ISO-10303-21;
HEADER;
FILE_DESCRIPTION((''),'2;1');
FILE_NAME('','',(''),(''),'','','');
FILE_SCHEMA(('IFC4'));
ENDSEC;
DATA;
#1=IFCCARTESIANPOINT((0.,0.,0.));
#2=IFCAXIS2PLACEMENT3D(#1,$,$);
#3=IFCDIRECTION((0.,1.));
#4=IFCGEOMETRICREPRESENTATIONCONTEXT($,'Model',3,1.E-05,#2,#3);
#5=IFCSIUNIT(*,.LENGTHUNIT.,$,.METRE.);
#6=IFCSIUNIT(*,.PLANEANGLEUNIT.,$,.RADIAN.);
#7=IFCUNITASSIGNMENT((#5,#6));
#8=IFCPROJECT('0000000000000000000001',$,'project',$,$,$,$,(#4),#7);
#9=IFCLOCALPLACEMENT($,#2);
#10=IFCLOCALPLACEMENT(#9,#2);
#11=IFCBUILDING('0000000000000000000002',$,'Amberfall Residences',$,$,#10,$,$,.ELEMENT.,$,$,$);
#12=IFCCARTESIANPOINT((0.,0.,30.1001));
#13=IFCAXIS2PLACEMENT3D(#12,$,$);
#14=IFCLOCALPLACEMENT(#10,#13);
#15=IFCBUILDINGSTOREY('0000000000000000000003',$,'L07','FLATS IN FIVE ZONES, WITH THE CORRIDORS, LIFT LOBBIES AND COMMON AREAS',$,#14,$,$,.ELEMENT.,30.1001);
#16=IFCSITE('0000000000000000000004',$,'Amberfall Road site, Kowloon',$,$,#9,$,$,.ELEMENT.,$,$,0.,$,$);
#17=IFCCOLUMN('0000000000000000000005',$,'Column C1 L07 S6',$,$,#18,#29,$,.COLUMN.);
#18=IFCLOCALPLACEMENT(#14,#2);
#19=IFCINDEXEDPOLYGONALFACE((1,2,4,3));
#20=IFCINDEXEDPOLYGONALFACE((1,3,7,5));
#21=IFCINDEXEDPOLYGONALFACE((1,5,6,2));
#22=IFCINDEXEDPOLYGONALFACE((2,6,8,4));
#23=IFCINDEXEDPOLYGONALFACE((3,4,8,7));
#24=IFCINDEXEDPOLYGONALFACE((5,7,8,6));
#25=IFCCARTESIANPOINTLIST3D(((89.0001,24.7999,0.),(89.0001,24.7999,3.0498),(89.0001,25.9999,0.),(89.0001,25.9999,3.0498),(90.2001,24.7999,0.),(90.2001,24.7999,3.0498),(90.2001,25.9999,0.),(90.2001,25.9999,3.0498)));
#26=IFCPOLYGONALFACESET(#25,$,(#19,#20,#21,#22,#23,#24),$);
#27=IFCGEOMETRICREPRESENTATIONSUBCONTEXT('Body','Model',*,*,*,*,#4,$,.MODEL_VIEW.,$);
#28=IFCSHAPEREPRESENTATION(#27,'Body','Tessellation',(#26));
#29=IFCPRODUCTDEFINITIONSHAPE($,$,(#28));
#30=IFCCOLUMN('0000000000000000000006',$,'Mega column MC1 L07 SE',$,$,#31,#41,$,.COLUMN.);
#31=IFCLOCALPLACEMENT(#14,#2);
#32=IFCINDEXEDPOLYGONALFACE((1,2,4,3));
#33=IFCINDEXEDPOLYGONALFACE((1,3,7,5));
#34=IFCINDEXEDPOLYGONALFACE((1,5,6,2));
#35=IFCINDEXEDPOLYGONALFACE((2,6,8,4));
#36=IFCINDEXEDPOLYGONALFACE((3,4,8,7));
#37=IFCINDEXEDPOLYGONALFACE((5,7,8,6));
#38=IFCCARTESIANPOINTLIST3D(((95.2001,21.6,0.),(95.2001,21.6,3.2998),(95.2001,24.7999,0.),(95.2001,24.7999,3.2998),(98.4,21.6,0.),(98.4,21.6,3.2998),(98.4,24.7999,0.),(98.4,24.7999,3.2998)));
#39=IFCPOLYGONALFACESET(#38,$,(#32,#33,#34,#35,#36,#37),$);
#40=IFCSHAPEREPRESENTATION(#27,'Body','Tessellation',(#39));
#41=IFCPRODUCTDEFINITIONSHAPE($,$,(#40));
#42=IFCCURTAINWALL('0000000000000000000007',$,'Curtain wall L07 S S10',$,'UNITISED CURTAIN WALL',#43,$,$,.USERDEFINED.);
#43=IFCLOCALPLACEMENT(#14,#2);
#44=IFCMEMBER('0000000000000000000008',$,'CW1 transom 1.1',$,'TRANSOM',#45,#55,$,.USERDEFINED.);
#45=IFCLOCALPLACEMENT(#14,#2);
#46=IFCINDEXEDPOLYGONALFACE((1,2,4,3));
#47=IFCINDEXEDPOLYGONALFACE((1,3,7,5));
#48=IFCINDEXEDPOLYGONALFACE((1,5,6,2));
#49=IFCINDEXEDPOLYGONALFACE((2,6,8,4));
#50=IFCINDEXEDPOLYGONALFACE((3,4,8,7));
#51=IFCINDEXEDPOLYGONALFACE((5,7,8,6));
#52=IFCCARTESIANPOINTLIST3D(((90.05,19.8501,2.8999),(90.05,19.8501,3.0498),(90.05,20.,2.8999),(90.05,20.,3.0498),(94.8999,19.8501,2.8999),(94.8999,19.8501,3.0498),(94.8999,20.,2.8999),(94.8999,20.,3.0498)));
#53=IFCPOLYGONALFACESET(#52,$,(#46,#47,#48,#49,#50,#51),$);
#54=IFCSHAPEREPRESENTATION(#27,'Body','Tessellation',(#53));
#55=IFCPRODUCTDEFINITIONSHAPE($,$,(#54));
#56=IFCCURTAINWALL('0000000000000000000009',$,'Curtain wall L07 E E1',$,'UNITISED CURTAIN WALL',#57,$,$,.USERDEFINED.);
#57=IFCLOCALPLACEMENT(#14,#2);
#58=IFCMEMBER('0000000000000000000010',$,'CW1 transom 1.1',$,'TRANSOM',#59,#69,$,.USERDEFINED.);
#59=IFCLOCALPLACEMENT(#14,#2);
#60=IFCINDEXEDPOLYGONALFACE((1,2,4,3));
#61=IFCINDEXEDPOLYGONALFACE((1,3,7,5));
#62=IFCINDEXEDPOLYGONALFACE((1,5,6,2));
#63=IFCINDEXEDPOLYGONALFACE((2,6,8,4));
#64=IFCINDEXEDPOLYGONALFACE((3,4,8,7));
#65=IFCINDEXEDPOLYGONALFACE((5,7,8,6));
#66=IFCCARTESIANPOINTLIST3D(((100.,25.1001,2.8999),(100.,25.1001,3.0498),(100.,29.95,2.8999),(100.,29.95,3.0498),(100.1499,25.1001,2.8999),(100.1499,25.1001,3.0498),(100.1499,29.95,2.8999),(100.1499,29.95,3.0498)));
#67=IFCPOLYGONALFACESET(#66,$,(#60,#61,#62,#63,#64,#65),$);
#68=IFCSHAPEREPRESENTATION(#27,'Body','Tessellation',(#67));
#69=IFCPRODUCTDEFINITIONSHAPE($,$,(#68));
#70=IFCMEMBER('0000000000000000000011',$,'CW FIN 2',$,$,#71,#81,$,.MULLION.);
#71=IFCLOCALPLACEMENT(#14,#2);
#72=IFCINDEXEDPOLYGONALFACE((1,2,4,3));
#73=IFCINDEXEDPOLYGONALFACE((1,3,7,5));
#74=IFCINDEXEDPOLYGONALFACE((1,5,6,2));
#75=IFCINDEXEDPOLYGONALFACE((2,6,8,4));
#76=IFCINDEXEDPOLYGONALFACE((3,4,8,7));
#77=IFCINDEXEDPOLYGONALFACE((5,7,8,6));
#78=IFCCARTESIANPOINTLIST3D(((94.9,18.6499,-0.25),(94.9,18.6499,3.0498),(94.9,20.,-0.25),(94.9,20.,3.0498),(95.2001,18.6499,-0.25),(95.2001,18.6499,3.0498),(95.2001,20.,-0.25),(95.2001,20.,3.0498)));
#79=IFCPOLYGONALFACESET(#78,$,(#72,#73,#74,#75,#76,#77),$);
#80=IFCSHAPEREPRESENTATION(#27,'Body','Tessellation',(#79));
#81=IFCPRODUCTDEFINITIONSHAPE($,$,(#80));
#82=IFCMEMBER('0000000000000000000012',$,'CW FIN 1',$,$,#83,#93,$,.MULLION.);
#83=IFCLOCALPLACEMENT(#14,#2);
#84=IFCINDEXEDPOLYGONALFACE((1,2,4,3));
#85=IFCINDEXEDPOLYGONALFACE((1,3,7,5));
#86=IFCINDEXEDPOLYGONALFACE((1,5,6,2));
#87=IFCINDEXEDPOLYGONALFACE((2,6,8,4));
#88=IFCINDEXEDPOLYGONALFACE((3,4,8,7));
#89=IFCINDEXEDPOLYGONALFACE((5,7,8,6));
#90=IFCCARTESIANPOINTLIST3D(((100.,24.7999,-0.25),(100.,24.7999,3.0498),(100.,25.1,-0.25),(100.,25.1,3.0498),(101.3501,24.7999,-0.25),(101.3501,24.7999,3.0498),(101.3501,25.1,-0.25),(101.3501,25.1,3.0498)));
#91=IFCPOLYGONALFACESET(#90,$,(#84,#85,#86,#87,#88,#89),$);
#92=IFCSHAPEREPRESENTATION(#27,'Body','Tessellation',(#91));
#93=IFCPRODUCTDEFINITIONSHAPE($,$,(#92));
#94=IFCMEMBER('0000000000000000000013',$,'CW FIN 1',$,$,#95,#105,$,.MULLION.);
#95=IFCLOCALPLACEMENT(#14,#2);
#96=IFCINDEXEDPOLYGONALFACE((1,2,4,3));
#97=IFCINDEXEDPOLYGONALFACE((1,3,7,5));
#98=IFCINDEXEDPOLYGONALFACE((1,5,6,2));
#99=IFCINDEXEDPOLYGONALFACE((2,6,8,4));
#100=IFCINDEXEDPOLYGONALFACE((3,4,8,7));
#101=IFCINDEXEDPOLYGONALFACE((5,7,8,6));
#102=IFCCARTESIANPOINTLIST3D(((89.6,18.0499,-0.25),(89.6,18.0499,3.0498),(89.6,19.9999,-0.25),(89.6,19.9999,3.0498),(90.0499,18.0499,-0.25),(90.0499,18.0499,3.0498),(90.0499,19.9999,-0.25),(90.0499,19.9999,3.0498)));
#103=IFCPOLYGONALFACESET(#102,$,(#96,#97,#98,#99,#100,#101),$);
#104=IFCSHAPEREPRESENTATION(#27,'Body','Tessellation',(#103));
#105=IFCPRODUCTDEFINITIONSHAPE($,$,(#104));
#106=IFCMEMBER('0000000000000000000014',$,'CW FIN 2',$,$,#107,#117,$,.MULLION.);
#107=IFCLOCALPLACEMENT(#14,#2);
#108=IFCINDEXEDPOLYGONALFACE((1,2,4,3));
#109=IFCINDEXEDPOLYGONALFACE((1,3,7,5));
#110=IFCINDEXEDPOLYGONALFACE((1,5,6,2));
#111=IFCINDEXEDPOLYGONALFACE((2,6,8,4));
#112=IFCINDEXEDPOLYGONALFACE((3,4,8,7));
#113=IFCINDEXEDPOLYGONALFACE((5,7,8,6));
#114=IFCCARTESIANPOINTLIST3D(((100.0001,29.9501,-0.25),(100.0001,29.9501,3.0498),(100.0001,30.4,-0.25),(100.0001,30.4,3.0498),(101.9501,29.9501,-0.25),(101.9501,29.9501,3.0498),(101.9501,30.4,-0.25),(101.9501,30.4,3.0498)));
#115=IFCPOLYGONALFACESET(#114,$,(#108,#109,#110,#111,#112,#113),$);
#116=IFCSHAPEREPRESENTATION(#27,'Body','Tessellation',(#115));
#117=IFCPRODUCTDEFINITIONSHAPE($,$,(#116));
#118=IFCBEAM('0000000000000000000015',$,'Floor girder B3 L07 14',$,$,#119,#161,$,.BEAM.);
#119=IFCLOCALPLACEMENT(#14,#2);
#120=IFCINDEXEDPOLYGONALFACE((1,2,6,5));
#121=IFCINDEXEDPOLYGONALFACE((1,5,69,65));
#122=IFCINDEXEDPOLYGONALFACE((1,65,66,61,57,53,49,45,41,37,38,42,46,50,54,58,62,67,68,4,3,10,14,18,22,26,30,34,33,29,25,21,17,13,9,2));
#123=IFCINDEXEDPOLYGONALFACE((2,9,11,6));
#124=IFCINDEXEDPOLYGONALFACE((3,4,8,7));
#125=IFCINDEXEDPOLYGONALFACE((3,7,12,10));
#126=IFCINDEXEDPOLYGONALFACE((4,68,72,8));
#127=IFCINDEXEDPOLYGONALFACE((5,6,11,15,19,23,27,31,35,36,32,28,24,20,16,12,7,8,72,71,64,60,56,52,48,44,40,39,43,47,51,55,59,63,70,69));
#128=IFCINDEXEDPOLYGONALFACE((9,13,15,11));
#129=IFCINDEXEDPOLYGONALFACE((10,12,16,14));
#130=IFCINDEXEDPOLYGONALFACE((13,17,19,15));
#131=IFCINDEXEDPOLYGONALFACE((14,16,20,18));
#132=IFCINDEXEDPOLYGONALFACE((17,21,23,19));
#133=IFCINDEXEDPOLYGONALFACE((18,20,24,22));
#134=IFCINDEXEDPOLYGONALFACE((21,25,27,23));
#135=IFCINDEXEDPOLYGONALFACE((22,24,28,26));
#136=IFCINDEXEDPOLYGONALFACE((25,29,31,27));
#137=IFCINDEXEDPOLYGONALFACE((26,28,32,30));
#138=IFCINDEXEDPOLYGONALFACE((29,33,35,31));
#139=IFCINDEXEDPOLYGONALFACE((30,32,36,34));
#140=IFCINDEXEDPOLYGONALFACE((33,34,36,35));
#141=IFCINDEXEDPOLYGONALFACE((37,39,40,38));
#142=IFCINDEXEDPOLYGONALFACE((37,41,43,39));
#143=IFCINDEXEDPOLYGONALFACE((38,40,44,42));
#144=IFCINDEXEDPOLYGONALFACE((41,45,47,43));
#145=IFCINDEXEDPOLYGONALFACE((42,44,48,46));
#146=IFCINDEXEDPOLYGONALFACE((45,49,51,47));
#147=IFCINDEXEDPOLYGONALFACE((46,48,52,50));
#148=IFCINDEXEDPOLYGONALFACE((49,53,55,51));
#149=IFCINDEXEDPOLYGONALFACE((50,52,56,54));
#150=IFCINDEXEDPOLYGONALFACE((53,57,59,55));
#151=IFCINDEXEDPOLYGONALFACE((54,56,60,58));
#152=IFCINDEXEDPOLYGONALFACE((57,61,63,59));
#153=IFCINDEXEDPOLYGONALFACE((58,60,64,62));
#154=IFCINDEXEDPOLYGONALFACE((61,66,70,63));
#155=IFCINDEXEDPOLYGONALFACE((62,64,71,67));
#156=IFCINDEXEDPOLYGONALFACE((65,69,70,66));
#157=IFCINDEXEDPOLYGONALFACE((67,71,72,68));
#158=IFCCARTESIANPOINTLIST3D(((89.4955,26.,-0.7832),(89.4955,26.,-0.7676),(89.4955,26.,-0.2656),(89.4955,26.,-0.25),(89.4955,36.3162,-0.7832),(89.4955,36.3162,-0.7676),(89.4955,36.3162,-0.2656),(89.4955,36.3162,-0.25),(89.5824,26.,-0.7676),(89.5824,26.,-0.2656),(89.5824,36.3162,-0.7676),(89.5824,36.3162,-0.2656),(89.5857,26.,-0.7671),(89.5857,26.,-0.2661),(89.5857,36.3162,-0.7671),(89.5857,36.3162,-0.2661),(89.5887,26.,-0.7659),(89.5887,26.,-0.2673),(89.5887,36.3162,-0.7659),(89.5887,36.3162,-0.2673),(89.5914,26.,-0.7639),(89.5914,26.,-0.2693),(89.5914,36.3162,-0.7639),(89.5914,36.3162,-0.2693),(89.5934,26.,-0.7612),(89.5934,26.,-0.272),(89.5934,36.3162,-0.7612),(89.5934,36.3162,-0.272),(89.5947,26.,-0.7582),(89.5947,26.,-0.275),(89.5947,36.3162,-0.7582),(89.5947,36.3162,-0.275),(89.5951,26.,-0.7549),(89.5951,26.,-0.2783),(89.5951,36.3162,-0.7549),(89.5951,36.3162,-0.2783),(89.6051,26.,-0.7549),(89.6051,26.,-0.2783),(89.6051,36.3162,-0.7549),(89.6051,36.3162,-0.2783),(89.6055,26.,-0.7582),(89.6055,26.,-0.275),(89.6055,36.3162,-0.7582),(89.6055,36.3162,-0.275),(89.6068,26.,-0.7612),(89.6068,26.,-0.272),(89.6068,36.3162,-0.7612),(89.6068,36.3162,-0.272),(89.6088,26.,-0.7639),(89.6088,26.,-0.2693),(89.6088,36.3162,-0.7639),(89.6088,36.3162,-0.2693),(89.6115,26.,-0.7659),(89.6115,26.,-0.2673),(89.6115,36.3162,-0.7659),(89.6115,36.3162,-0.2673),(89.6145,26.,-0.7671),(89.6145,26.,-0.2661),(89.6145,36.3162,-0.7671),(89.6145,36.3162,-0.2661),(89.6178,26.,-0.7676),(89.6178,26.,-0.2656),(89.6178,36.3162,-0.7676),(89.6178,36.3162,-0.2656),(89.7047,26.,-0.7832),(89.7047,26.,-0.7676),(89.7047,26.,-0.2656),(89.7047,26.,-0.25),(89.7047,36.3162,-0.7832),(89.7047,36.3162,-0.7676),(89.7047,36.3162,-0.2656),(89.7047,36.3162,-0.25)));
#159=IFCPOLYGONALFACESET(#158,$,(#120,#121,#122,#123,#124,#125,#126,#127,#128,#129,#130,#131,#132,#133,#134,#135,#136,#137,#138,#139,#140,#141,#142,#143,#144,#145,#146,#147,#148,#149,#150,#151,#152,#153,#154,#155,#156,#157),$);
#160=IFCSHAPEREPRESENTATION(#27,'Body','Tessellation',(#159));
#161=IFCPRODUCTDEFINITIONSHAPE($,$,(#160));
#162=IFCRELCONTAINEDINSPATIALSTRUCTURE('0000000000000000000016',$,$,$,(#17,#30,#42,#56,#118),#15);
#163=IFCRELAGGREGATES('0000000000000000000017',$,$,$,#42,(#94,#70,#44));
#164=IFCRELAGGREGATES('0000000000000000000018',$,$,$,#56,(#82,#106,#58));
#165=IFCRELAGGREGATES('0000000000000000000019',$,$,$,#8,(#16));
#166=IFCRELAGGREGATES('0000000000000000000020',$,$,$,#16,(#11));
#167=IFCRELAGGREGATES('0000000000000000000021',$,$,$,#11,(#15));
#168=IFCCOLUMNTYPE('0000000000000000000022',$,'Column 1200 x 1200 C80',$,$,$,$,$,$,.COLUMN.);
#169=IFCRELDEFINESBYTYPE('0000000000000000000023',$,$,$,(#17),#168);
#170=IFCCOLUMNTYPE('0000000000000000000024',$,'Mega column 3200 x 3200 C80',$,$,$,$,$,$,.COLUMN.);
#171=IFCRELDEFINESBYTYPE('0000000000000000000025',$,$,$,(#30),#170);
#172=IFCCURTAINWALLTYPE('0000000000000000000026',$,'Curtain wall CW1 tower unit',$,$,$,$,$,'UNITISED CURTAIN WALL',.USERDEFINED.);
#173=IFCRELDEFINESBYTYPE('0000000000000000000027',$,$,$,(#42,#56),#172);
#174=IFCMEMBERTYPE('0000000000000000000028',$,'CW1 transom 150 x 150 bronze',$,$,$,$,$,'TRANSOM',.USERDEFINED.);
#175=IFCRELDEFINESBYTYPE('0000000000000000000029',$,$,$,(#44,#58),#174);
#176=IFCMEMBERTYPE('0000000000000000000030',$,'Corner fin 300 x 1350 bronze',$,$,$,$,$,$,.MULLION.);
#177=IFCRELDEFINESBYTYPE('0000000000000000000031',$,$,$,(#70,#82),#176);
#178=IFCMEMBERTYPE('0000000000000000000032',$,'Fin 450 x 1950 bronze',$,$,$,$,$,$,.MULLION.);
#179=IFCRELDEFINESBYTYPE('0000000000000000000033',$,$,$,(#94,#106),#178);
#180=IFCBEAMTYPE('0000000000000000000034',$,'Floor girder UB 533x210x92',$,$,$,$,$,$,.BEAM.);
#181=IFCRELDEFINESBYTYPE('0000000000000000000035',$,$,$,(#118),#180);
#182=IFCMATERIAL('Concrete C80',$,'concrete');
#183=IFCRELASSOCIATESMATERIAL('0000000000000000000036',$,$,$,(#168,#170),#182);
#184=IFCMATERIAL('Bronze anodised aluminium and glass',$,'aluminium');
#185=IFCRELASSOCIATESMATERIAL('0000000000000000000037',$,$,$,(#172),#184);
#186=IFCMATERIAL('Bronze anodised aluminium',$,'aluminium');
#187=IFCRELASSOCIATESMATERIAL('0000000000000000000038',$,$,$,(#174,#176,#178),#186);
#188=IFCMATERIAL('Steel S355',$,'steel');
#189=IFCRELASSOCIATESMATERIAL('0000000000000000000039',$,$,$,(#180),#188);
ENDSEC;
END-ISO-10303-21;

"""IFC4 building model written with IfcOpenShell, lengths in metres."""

from ifc_helpers import new_model, si_unit, direction, frame, origin, origin_2d, place, context, subcontext, project, spatial, rectangle, i_section, extrude, material, material_profile, profile_set, type_object, element, aggregate, save


model = new_model("IFC4")

# Units and contexts
model_context = context("Model", 3, precision=1e-05, world=origin(), true_north=direction((0.0, 1.0)))
body_context = subcontext(model_context, "Body", "Model", "MODEL_VIEW")
ifc_project = project(units=[si_unit("LENGTHUNIT", "METRE"), si_unit("PLANEANGLEUNIT", "RADIAN")], contexts=[model_context])

# Site, building, storey
site_placement = place(None, origin())
site = spatial("IfcSite", under=ifc_project, at=site_placement, Name="Amberfall Road site, Kowloon", CompositionType="ELEMENT", RefElevation=0.0)
building_placement = place(site_placement, origin())
building = spatial("IfcBuilding", under=site, at=building_placement, Name="Amberfall Residences", CompositionType="ELEMENT")
storey_placement = place(building_placement, frame((0.0, 0.0, 30.1001)))
storey = spatial("IfcBuildingStorey", under=building, at=storey_placement, Name="L07", Description="FLATS IN FIVE ZONES, WITH THE CORRIDORS, LIFT LOBBIES AND COMMON AREAS", CompositionType="ELEMENT", Elevation=30.1001)

# Columns
ifc_material_1 = material(Name="Concrete C80", Category="concrete")
ifc_material_profile_1 = material_profile(ifc_material_1, rectangle(XDim=1.2, YDim=1.2, at=origin_2d()), Name="Column 1200 x 1200 C80")
ifc_profile_set_1 = profile_set([ifc_material_profile_1], Name="Concrete C80")
column_type_1 = type_object("IfcColumnType", Name="Column 1200 x 1200 C80", PredefinedType="COLUMN", material=ifc_profile_set_1)
column_1_placement = place(storey_placement, frame((89.6001, 25.3999, 0.0), z_axis=(0.0, 0.0, 1.0), x_axis=(1.0, 0.0, 0.0)))
element("IfcColumn", 1, at=column_1_placement, inside=storey, type_object=column_type_1, Name="Column C1 L07 S6", PredefinedType="COLUMN", context=body_context, shape_type="SweptSolid", body=[
    extrude(rectangle(XDim=1.2, YDim=1.2, at=origin_2d()), origin(), (0.0, 0.0, 1.0), 3.0498),
])
ifc_material_profile_2 = material_profile(ifc_material_1, rectangle(XDim=3.2, YDim=3.2, at=origin_2d()), Name="Mega column 3200 x 3200 C80")
ifc_profile_set_2 = profile_set([ifc_material_profile_2], Name="Concrete C80")
column_type_2 = type_object("IfcColumnType", Name="Mega column 3200 x 3200 C80", PredefinedType="COLUMN", material=ifc_profile_set_2)
column_2_placement = place(storey_placement, frame((96.8, 23.2, 0.0), z_axis=(0.0, 0.0, 1.0), x_axis=(1.0, 0.0, 0.0)))
element("IfcColumn", 2, at=column_2_placement, inside=storey, type_object=column_type_2, Name="Mega column MC1 L07 SE", PredefinedType="COLUMN", context=body_context, shape_type="SweptSolid", body=[
    extrude(rectangle(XDim=3.2, YDim=3.2, at=origin_2d()), origin(), (0.0, 0.0, 1.0), 3.2998),
])

# Curtain walls, members
ifc_material_2 = material(Name="Bronze anodised aluminium and glass", Category="aluminium")
curtain_wall_type = type_object("IfcCurtainWallType", Name="Curtain wall CW1 tower unit", ElementType="UNITISED CURTAIN WALL", PredefinedType="USERDEFINED", material=ifc_material_2)
curtain_wall_1_placement = place(storey_placement, origin())
curtain_wall_1 = element("IfcCurtainWall", 3, at=curtain_wall_1_placement, inside=storey, type_object=curtain_wall_type, Name="Curtain wall L07 S S10", ObjectType="UNITISED CURTAIN WALL", PredefinedType="USERDEFINED")
ifc_material_3 = material(Name="Bronze anodised aluminium", Category="aluminium")
ifc_material_profile_3 = material_profile(ifc_material_3, rectangle(XDim=0.1499, YDim=0.1499, at=origin_2d()), Name="CW1 transom 150 x 150 bronze")
ifc_profile_set_3 = profile_set([ifc_material_profile_3], Name="Bronze anodised aluminium")
member_type_1 = type_object("IfcMemberType", Name="CW1 transom 150 x 150 bronze", ElementType="TRANSOM", PredefinedType="USERDEFINED", material=ifc_profile_set_3)
member_1_placement = place(storey_placement, frame((90.05, 19.925, 2.9749), z_axis=(1.0, 0.0, 0.0), x_axis=(0.0, 1.0, 0.0)))
member_1 = element("IfcMember", 4, at=member_1_placement, type_object=member_type_1, Name="CW1 transom 1.1", ObjectType="TRANSOM", PredefinedType="USERDEFINED", context=body_context, shape_type="SweptSolid", body=[
    extrude(rectangle(XDim=0.1499, YDim=0.1499, at=origin_2d()), origin(), (0.0, 0.0, 1.0), 4.8499),
])
curtain_wall_2_placement = place(storey_placement, origin())
curtain_wall_2 = element("IfcCurtainWall", 5, at=curtain_wall_2_placement, inside=storey, type_object=curtain_wall_type, Name="Curtain wall L07 E E1", ObjectType="UNITISED CURTAIN WALL", PredefinedType="USERDEFINED")
member_2_placement = place(storey_placement, frame((100.075, 25.1001, 2.9749), z_axis=(0.0, 1.0, 0.0), x_axis=(-1.0, 0.0, 0.0)))
member_2 = element("IfcMember", 6, at=member_2_placement, type_object=member_type_1, Name="CW1 transom 1.1", ObjectType="TRANSOM", PredefinedType="USERDEFINED", context=body_context, shape_type="SweptSolid", body=[
    extrude(rectangle(XDim=0.1499, YDim=0.1499, at=origin_2d()), origin(), (0.0, 0.0, 1.0), 4.8499),
])

# Members
ifc_material_profile_4 = material_profile(ifc_material_3, rectangle(XDim=1.3501, YDim=0.3, at=origin_2d()), Name="Corner fin 300 x 1350 bronze")
ifc_profile_set_4 = profile_set([ifc_material_profile_4], Name="Bronze anodised aluminium")
member_type_2 = type_object("IfcMemberType", Name="Corner fin 300 x 1350 bronze", PredefinedType="MULLION", material=ifc_profile_set_4)
member_3_placement = place(storey_placement, frame((95.05, 19.325, -0.25), z_axis=(0.0, 0.0, 1.0), x_axis=(0.0, 1.0, 0.0)))
member_3 = element("IfcMember", 7, at=member_3_placement, type_object=member_type_2, Name="CW FIN 2", PredefinedType="MULLION", context=body_context, shape_type="SweptSolid", body=[
    extrude(rectangle(XDim=1.3501, YDim=0.3, at=origin_2d()), origin(), (0.0, 0.0, 1.0), 3.2998),
])
member_4_placement = place(storey_placement, frame((100.675, 24.95, -0.25), z_axis=(0.0, 0.0, 1.0), x_axis=(-1.0, 0.0, 0.0)))
member_4 = element("IfcMember", 8, at=member_4_placement, type_object=member_type_2, Name="CW FIN 1", PredefinedType="MULLION", context=body_context, shape_type="SweptSolid", body=[
    extrude(rectangle(XDim=1.3501, YDim=0.3, at=origin_2d()), origin(), (0.0, 0.0, 1.0), 3.2998),
])
ifc_material_profile_5 = material_profile(ifc_material_3, rectangle(XDim=1.95, YDim=0.45, at=origin_2d()), Name="Fin 450 x 1950 bronze")
ifc_profile_set_5 = profile_set([ifc_material_profile_5], Name="Bronze anodised aluminium")
member_type_3 = type_object("IfcMemberType", Name="Fin 450 x 1950 bronze", PredefinedType="MULLION", material=ifc_profile_set_5)
member_5_placement = place(storey_placement, frame((89.825, 19.0249, -0.25), z_axis=(0.0, 0.0, 1.0), x_axis=(0.0, 1.0, 0.0)))
member_5 = element("IfcMember", 9, at=member_5_placement, type_object=member_type_3, Name="CW FIN 1", PredefinedType="MULLION", context=body_context, shape_type="SweptSolid", body=[
    extrude(rectangle(XDim=1.95, YDim=0.45, at=origin_2d()), origin(), (0.0, 0.0, 1.0), 3.2998),
])
member_6_placement = place(storey_placement, frame((100.9751, 30.175, -0.25), z_axis=(0.0, 0.0, 1.0), x_axis=(-1.0, 0.0, 0.0)))
member_6 = element("IfcMember", 10, at=member_6_placement, type_object=member_type_3, Name="CW FIN 2", PredefinedType="MULLION", context=body_context, shape_type="SweptSolid", body=[
    extrude(rectangle(XDim=1.95, YDim=0.45, at=origin_2d()), origin(), (0.0, 0.0, 1.0), 3.2998),
])

# Beam
ifc_material_4 = material(Name="Steel S355", Category="steel")
ifc_material_profile_6 = material_profile(ifc_material_4, i_section(OverallWidth=0.2092, OverallDepth=0.5332, WebThickness=0.01, FlangeThickness=0.0156, FilletRadius=0.0127, at=origin_2d()), Name="UB 533x210x92")
ifc_profile_set_6 = profile_set([ifc_material_profile_6], Name="Steel S355")
beam_type_1 = type_object("IfcBeamType", Name="Floor girder UB 533x210x92", PredefinedType="BEAM", material=ifc_profile_set_6)
beam_1_placement = place(storey_placement, frame((89.6001, 26.0, -0.5166), z_axis=(0.0, 1.0, 0.0), x_axis=(-1.0, 0.0, 0.0)))
element("IfcBeam", 11, at=beam_1_placement, inside=storey, type_object=beam_type_1, Name="Floor girder B3 L07 14", PredefinedType="BEAM", context=body_context, shape_type="SweptSolid", body=[
    extrude(i_section(OverallWidth=0.2092, OverallDepth=0.5332, WebThickness=0.01, FlangeThickness=0.0156, FilletRadius=0.0127, at=origin_2d()), origin(), (0.0, 0.0, 1.0), 10.3162),
])

aggregate(curtain_wall_1, [member_5, member_3, member_1])
aggregate(curtain_wall_2, [member_4, member_6, member_2])

save(model, "model.ifc")
